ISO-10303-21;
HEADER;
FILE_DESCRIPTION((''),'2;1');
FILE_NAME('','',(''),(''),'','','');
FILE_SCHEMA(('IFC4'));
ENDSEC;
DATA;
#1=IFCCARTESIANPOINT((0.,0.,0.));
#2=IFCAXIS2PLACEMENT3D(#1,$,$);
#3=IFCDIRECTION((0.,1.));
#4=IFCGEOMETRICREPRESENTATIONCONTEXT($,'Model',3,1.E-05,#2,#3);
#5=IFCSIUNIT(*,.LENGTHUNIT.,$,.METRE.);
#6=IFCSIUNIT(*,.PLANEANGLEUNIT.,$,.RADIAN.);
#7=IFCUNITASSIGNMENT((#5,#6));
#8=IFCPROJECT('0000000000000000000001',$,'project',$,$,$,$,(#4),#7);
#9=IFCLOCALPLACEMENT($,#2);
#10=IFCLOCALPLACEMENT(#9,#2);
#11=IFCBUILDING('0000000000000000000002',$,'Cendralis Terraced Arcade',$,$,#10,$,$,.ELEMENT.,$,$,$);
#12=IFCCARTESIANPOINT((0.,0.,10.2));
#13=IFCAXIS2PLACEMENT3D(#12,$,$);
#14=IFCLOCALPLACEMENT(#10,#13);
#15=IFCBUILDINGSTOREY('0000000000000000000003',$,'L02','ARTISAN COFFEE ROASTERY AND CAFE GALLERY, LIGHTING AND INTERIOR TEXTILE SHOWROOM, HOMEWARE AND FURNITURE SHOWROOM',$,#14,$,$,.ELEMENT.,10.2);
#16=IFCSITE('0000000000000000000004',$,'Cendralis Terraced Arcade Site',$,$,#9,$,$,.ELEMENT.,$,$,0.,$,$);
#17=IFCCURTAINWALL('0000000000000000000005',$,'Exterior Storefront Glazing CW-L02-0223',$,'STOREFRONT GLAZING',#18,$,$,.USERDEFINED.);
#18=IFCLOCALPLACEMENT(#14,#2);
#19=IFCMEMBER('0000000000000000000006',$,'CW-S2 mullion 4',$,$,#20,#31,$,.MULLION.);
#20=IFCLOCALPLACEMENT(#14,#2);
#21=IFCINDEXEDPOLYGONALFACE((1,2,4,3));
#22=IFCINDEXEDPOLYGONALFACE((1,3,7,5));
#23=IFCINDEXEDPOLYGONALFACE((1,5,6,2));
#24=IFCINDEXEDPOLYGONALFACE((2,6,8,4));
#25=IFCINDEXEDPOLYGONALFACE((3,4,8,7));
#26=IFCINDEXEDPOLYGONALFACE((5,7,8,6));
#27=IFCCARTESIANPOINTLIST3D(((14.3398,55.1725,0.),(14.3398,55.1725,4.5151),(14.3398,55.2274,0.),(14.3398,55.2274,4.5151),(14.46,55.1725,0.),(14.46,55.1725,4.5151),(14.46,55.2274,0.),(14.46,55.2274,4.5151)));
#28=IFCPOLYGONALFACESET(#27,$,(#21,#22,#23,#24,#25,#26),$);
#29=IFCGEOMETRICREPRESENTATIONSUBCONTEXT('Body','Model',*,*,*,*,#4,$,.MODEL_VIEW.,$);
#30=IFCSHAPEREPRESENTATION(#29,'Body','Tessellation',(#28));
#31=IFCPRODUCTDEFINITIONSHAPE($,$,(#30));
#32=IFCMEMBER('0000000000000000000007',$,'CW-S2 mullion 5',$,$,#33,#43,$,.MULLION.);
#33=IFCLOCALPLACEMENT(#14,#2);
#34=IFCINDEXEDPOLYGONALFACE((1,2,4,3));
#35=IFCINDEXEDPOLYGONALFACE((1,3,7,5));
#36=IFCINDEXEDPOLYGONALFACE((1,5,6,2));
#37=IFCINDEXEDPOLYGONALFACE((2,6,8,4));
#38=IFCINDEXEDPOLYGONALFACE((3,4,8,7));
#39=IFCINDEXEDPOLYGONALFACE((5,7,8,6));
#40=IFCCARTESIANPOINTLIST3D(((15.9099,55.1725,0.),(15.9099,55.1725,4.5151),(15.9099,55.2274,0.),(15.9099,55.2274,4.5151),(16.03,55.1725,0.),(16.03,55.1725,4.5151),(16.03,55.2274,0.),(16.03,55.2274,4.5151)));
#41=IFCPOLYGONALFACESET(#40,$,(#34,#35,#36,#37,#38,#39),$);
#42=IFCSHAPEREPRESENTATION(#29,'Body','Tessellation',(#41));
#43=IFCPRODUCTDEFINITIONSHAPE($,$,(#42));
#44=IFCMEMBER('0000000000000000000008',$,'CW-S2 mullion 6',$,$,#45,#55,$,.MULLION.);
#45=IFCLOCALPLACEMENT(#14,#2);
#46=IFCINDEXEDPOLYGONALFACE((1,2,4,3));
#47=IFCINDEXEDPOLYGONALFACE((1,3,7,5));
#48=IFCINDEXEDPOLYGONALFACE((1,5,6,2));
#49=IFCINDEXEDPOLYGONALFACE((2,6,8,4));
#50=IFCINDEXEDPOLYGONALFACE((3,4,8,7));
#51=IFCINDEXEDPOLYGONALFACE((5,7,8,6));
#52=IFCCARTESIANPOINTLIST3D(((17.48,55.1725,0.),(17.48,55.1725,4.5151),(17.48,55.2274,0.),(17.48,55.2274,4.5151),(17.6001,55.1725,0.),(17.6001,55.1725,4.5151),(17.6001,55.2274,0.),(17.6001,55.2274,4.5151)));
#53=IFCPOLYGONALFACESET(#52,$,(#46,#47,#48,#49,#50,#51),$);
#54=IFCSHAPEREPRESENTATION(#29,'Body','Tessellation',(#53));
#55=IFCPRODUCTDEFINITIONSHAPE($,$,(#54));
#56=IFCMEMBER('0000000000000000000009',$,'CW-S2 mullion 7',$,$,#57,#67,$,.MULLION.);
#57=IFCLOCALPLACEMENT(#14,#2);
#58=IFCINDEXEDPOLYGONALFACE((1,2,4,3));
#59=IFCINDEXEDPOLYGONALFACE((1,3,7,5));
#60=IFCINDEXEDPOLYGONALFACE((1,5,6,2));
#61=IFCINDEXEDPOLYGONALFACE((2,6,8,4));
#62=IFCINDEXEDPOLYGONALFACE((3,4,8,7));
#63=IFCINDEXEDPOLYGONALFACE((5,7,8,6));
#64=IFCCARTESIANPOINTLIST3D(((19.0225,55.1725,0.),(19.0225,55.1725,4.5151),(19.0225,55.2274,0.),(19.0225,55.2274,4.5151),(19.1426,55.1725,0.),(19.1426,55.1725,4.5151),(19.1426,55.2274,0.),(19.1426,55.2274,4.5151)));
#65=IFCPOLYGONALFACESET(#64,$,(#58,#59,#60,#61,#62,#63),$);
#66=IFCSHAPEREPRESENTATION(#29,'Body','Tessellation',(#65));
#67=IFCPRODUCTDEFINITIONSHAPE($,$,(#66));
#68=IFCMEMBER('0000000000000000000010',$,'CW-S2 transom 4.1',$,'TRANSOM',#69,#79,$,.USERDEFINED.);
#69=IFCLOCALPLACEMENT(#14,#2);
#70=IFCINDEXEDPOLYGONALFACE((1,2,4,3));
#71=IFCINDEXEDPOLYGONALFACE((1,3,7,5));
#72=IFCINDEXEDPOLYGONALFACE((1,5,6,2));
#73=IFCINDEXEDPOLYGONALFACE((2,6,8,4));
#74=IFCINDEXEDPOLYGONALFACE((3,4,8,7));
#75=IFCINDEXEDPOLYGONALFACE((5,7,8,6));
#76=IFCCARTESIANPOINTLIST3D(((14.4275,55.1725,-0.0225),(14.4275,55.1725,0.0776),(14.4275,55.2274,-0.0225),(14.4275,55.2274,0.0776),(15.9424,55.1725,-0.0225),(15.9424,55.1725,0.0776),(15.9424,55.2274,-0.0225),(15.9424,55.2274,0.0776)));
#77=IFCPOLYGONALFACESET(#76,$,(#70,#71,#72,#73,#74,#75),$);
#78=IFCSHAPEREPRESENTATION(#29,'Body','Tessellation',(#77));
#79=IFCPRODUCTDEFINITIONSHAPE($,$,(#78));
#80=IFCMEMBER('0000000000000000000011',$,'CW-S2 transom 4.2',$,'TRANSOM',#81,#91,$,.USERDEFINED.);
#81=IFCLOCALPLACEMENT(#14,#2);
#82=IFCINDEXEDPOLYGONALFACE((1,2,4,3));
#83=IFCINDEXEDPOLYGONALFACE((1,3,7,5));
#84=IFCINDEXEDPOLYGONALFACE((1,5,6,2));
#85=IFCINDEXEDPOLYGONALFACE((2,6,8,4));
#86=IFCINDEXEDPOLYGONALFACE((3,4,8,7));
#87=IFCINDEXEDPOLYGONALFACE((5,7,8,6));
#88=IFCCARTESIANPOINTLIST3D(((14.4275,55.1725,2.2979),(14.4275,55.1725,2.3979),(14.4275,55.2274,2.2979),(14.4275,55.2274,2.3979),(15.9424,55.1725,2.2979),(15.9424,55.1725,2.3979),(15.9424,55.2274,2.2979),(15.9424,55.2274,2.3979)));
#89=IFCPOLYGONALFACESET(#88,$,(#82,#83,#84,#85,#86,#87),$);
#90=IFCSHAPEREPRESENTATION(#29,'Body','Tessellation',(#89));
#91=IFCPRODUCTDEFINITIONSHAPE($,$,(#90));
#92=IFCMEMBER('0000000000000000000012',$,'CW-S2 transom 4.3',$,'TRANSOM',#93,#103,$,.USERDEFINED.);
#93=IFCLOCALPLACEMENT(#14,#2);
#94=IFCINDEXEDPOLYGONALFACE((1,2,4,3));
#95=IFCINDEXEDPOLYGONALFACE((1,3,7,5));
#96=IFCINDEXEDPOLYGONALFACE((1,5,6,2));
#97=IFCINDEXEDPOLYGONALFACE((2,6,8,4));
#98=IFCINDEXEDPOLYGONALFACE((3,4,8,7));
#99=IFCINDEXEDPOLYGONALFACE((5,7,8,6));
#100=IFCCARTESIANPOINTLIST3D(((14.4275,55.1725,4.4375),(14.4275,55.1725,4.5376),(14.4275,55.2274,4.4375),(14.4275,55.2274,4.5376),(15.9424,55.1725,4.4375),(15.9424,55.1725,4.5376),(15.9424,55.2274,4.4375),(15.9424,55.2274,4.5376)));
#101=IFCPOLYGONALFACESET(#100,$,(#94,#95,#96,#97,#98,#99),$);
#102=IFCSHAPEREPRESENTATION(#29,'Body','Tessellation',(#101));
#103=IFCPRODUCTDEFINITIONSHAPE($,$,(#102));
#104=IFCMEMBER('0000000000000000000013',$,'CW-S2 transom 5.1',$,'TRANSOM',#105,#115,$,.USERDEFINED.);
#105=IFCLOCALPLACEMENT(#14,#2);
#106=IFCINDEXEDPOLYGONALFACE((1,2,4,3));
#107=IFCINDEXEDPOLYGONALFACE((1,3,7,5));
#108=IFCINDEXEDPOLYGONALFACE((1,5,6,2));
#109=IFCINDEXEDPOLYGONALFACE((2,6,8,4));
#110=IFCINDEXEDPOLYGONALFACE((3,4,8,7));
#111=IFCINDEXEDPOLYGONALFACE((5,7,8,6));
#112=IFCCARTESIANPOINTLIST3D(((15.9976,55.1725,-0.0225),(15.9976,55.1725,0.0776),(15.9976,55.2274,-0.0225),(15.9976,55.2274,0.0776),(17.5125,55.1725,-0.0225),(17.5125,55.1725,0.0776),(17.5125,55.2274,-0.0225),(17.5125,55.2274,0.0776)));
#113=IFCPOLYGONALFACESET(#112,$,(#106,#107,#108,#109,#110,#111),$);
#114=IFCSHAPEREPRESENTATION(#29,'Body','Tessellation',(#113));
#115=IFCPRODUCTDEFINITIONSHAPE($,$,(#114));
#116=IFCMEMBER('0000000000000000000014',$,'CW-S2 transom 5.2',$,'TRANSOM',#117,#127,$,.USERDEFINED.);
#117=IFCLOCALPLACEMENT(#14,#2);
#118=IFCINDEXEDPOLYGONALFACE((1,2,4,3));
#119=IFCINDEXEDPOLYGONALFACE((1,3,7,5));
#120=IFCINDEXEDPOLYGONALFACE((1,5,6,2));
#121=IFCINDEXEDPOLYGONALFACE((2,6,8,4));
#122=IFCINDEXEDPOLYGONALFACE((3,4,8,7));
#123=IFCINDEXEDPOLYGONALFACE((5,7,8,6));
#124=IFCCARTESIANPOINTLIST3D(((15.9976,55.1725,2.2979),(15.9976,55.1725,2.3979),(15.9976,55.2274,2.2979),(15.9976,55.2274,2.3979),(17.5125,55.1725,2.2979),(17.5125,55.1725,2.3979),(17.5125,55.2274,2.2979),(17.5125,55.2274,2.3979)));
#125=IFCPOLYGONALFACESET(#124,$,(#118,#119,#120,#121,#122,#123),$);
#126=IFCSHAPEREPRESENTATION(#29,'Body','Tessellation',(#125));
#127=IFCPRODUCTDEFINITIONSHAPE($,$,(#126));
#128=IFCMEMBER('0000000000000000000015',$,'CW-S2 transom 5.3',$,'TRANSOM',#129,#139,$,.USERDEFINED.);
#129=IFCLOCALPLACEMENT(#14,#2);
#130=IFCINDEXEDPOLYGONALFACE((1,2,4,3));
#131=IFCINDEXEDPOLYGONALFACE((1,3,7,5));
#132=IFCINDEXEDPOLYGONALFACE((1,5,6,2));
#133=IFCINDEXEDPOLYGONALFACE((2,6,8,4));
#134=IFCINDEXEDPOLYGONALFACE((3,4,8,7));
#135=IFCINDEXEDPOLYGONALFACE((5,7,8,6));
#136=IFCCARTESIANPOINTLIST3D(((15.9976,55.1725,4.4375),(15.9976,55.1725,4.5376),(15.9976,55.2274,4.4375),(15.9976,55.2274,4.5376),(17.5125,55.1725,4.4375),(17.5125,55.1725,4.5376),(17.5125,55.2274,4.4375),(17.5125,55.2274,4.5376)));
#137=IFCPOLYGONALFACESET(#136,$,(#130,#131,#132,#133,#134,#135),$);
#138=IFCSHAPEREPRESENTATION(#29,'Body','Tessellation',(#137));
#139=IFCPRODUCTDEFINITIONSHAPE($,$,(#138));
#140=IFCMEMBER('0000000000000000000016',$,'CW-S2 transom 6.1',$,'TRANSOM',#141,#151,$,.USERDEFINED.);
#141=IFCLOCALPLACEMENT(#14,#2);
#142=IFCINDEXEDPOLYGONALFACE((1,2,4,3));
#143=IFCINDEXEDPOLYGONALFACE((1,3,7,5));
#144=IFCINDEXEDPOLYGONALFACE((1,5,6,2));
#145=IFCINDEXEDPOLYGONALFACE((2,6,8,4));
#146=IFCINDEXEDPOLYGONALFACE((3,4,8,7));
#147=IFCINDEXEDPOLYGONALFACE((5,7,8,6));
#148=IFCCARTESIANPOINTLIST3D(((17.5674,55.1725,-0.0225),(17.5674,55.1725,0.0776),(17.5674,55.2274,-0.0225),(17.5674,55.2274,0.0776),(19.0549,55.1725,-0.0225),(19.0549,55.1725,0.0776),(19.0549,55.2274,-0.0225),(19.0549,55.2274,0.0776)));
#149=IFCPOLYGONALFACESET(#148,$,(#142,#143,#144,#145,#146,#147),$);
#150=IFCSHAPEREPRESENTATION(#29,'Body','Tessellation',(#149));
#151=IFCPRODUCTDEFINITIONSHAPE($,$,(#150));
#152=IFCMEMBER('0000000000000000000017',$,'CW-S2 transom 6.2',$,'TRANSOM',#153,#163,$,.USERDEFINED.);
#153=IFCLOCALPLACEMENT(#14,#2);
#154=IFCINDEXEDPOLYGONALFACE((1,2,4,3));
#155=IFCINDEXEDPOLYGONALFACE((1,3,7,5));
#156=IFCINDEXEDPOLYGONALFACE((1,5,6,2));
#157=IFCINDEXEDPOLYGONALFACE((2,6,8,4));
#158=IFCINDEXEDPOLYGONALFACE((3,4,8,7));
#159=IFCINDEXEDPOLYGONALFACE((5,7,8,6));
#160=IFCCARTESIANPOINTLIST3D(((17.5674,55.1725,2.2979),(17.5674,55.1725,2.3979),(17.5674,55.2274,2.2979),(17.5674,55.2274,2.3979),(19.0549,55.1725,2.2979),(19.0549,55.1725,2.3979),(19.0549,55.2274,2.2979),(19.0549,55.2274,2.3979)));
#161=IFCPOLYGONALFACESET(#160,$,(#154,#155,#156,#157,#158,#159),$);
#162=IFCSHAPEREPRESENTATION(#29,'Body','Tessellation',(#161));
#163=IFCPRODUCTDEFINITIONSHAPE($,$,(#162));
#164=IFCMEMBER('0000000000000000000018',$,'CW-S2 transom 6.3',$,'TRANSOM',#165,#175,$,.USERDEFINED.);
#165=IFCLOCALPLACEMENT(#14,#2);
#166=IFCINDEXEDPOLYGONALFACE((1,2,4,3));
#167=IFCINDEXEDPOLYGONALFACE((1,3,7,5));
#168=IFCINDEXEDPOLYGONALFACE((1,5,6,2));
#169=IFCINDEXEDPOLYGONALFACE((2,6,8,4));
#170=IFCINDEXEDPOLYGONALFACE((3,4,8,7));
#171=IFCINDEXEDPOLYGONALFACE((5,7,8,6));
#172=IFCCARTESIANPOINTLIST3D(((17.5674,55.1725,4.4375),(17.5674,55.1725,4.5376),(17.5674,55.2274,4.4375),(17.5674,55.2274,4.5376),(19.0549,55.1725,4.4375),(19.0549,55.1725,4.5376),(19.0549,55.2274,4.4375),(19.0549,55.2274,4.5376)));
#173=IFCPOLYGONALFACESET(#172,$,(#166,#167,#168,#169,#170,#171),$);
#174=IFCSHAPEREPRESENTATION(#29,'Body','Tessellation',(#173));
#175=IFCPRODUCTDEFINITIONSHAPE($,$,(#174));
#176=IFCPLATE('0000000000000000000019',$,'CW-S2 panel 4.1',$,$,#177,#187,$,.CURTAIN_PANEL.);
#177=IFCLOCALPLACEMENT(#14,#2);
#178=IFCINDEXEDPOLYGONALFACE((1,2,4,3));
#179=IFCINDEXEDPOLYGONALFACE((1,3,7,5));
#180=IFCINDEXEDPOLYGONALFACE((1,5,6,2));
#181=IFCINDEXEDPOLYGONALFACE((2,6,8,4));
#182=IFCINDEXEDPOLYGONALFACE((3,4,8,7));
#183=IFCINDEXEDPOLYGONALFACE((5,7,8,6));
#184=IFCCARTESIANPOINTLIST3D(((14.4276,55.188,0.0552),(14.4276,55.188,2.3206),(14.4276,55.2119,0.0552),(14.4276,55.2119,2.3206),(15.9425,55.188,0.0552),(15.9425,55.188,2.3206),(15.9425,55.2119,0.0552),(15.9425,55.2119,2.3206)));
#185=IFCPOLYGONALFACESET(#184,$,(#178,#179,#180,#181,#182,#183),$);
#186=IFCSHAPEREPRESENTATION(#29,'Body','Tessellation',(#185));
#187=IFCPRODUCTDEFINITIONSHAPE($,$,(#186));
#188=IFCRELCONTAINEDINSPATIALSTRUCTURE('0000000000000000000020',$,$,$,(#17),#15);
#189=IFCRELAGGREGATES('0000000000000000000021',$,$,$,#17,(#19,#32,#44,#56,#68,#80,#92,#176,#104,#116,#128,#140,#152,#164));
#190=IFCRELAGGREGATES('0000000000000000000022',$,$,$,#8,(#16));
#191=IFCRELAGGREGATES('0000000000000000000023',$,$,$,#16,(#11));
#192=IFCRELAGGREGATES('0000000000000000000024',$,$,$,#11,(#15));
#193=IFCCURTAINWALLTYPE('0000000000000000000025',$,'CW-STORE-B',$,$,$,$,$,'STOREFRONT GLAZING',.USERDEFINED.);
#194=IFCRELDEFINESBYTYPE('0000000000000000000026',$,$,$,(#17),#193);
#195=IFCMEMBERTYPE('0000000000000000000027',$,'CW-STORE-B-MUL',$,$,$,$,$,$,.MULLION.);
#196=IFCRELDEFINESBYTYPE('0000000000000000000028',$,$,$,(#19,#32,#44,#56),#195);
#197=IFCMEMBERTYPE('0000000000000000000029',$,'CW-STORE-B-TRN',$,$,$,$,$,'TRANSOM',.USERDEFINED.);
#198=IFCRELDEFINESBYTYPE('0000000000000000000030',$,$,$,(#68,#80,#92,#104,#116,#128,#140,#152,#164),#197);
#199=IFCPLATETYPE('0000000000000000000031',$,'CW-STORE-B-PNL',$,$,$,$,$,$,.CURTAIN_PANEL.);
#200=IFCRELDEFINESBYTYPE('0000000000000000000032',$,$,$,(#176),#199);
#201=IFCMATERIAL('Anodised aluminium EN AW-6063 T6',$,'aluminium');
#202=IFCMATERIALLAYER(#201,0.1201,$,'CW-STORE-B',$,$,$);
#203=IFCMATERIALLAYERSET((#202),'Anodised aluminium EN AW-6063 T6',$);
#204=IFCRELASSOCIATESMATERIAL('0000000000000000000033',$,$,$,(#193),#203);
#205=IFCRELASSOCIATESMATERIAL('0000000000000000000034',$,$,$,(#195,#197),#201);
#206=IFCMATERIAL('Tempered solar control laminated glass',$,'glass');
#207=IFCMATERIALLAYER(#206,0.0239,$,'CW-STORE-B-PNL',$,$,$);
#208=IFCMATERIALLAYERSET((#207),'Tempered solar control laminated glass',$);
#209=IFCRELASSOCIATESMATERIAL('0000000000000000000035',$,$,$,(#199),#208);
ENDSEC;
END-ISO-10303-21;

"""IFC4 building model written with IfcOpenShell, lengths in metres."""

from ifc_helpers import new_model, si_unit, direction, frame, origin, origin_2d, place, context, subcontext, project, spatial, rectangle, extrude, material, layer, layer_set, material_profile, profile_set, type_object, element, aggregate, save


model = new_model("IFC4")

# Units and contexts
model_context = context("Model", 3, precision=1e-05, world=origin(), true_north=direction((0.0, 1.0)))
body_context = subcontext(model_context, "Body", "Model", "MODEL_VIEW")
ifc_project = project(units=[si_unit("LENGTHUNIT", "METRE"), si_unit("PLANEANGLEUNIT", "RADIAN")], contexts=[model_context])

# Site, building, storey
site_placement = place(None, origin())
site = spatial("IfcSite", under=ifc_project, at=site_placement, Name="Cendralis Terraced Arcade Site", CompositionType="ELEMENT", RefElevation=0.0)
building_placement = place(site_placement, origin())
building = spatial("IfcBuilding", under=site, at=building_placement, Name="Cendralis Terraced Arcade", CompositionType="ELEMENT")
storey_placement = place(building_placement, frame((0.0, 0.0, 10.2)))
storey = spatial("IfcBuildingStorey", under=building, at=storey_placement, Name="L02", Description="ARTISAN COFFEE ROASTERY AND CAFE GALLERY, LIGHTING AND INTERIOR TEXTILE SHOWROOM, HOMEWARE AND FURNITURE SHOWROOM", CompositionType="ELEMENT", Elevation=10.2)

# Curtain wall, members, plate
ifc_material_1 = material(Name="Anodised aluminium EN AW-6063 T6", Category="aluminium")
ifc_layer_1 = layer(ifc_material_1, 0.1201, Name="CW-STORE-B")
ifc_layer_set_1 = layer_set([ifc_layer_1], Name="Anodised aluminium EN AW-6063 T6")
curtain_wall_type = type_object("IfcCurtainWallType", Name="CW-STORE-B", ElementType="STOREFRONT GLAZING", PredefinedType="USERDEFINED", material=ifc_layer_set_1)
curtain_wall_placement = place(storey_placement, origin())
curtain_wall = element("IfcCurtainWall", 1, at=curtain_wall_placement, inside=storey, type_object=curtain_wall_type, Name="Exterior Storefront Glazing CW-L02-0223", ObjectType="STOREFRONT GLAZING", PredefinedType="USERDEFINED")
ifc_material_profile_1 = material_profile(ifc_material_1, rectangle(XDim=0.0549, YDim=0.1201, at=origin_2d()), Name="ALU-MUL-55x120")
ifc_profile_set_1 = profile_set([ifc_material_profile_1], Name="Anodised aluminium EN AW-6063 T6")
member_type_1 = type_object("IfcMemberType", Name="CW-STORE-B-MUL", PredefinedType="MULLION", material=ifc_profile_set_1)
member_1_placement = place(storey_placement, frame((14.3999, 55.2, 0.0), z_axis=(0.0, 0.0, 1.0), x_axis=(0.0, 1.0, 0.0)))
member_1 = element("IfcMember", 2, at=member_1_placement, type_object=member_type_1, Name="CW-S2 mullion 4", PredefinedType="MULLION", context=body_context, shape_type="SweptSolid", body=[
    extrude(rectangle(XDim=0.0549, YDim=0.1201, at=origin_2d()), origin(), (0.0, 0.0, 1.0), 4.5151),
])
member_2_placement = place(storey_placement, frame((15.97, 55.2, 0.0), z_axis=(0.0, 0.0, 1.0), x_axis=(0.0, 1.0, 0.0)))
member_2 = element("IfcMember", 3, at=member_2_placement, type_object=member_type_1, Name="CW-S2 mullion 5", PredefinedType="MULLION", context=body_context, shape_type="SweptSolid", body=[
    extrude(rectangle(XDim=0.0549, YDim=0.1201, at=origin_2d()), origin(), (0.0, 0.0, 1.0), 4.5151),
])
member_3_placement = place(storey_placement, frame((17.54, 55.2, 0.0), z_axis=(0.0, 0.0, 1.0), x_axis=(0.0, 1.0, 0.0)))
member_3 = element("IfcMember", 4, at=member_3_placement, type_object=member_type_1, Name="CW-S2 mullion 6", PredefinedType="MULLION", context=body_context, shape_type="SweptSolid", body=[
    extrude(rectangle(XDim=0.0549, YDim=0.1201, at=origin_2d()), origin(), (0.0, 0.0, 1.0), 4.5151),
])
member_4_placement = place(storey_placement, frame((19.0825, 55.2, 0.0), z_axis=(0.0, 0.0, 1.0), x_axis=(0.0, 1.0, 0.0)))
member_4 = element("IfcMember", 5, at=member_4_placement, type_object=member_type_1, Name="CW-S2 mullion 7", PredefinedType="MULLION", context=body_context, shape_type="SweptSolid", body=[
    extrude(rectangle(XDim=0.0549, YDim=0.1201, at=origin_2d()), origin(), (0.0, 0.0, 1.0), 4.5151),
])
ifc_material_profile_2 = material_profile(ifc_material_1, rectangle(XDim=0.0549, YDim=0.1001, at=origin_2d()), Name="ALU-TRN-55x100")
ifc_profile_set_2 = profile_set([ifc_material_profile_2], Name="Anodised aluminium EN AW-6063 T6")
member_type_2 = type_object("IfcMemberType", Name="CW-STORE-B-TRN", ElementType="TRANSOM", PredefinedType="USERDEFINED", material=ifc_profile_set_2)
member_5_placement = place(storey_placement, frame((14.4275, 55.2, 0.0276), z_axis=(1.0, 0.0, 0.0), x_axis=(0.0, 1.0, 0.0)))
member_5 = element("IfcMember", 6, at=member_5_placement, type_object=member_type_2, Name="CW-S2 transom 4.1", ObjectType="TRANSOM", PredefinedType="USERDEFINED", context=body_context, shape_type="SweptSolid", body=[
    extrude(rectangle(XDim=0.0549, YDim=0.1001, at=origin_2d()), origin(), (0.0, 0.0, 1.0), 1.5149),
])
member_6_placement = place(storey_placement, frame((14.4275, 55.2, 2.3479), z_axis=(1.0, 0.0, 0.0), x_axis=(0.0, 1.0, 0.0)))
member_6 = element("IfcMember", 7, at=member_6_placement, type_object=member_type_2, Name="CW-S2 transom 4.2", ObjectType="TRANSOM", PredefinedType="USERDEFINED", context=body_context, shape_type="SweptSolid", body=[
    extrude(rectangle(XDim=0.0549, YDim=0.1001, at=origin_2d()), origin(), (0.0, 0.0, 1.0), 1.5149),
])
member_7_placement = place(storey_placement, frame((14.4275, 55.2, 4.4875), z_axis=(1.0, 0.0, 0.0), x_axis=(0.0, 1.0, 0.0)))
member_7 = element("IfcMember", 8, at=member_7_placement, type_object=member_type_2, Name="CW-S2 transom 4.3", ObjectType="TRANSOM", PredefinedType="USERDEFINED", context=body_context, shape_type="SweptSolid", body=[
    extrude(rectangle(XDim=0.0549, YDim=0.1001, at=origin_2d()), origin(), (0.0, 0.0, 1.0), 1.5149),
])
member_8_placement = place(storey_placement, frame((15.9976, 55.2, 0.0276), z_axis=(1.0, 0.0, 0.0), x_axis=(0.0, 1.0, 0.0)))
member_8 = element("IfcMember", 9, at=member_8_placement, type_object=member_type_2, Name="CW-S2 transom 5.1", ObjectType="TRANSOM", PredefinedType="USERDEFINED", context=body_context, shape_type="SweptSolid", body=[
    extrude(rectangle(XDim=0.0549, YDim=0.1001, at=origin_2d()), origin(), (0.0, 0.0, 1.0), 1.5149),
])
member_9_placement = place(storey_placement, frame((15.9976, 55.2, 2.3479), z_axis=(1.0, 0.0, 0.0), x_axis=(0.0, 1.0, 0.0)))
member_9 = element("IfcMember", 10, at=member_9_placement, type_object=member_type_2, Name="CW-S2 transom 5.2", ObjectType="TRANSOM", PredefinedType="USERDEFINED", context=body_context, shape_type="SweptSolid", body=[
    extrude(rectangle(XDim=0.0549, YDim=0.1001, at=origin_2d()), origin(), (0.0, 0.0, 1.0), 1.5149),
])
member_10_placement = place(storey_placement, frame((15.9976, 55.2, 4.4875), z_axis=(1.0, 0.0, 0.0), x_axis=(0.0, 1.0, 0.0)))
member_10 = element("IfcMember", 11, at=member_10_placement, type_object=member_type_2, Name="CW-S2 transom 5.3", ObjectType="TRANSOM", PredefinedType="USERDEFINED", context=body_context, shape_type="SweptSolid", body=[
    extrude(rectangle(XDim=0.0549, YDim=0.1001, at=origin_2d()), origin(), (0.0, 0.0, 1.0), 1.5149),
])
member_11_placement = place(storey_placement, frame((17.5674, 55.2, 0.0276), z_axis=(1.0, 0.0, 0.0), x_axis=(0.0, 1.0, 0.0)))
member_11 = element("IfcMember", 12, at=member_11_placement, type_object=member_type_2, Name="CW-S2 transom 6.1", ObjectType="TRANSOM", PredefinedType="USERDEFINED", context=body_context, shape_type="SweptSolid", body=[
    extrude(rectangle(XDim=0.0549, YDim=0.1001, at=origin_2d()), origin(), (0.0, 0.0, 1.0), 1.4875),
])
member_12_placement = place(storey_placement, frame((17.5674, 55.2, 2.3479), z_axis=(1.0, 0.0, 0.0), x_axis=(0.0, 1.0, 0.0)))
member_12 = element("IfcMember", 13, at=member_12_placement, type_object=member_type_2, Name="CW-S2 transom 6.2", ObjectType="TRANSOM", PredefinedType="USERDEFINED", context=body_context, shape_type="SweptSolid", body=[
    extrude(rectangle(XDim=0.0549, YDim=0.1001, at=origin_2d()), origin(), (0.0, 0.0, 1.0), 1.4875),
])
member_13_placement = place(storey_placement, frame((17.5674, 55.2, 4.4875), z_axis=(1.0, 0.0, 0.0), x_axis=(0.0, 1.0, 0.0)))
member_13 = element("IfcMember", 14, at=member_13_placement, type_object=member_type_2, Name="CW-S2 transom 6.3", ObjectType="TRANSOM", PredefinedType="USERDEFINED", context=body_context, shape_type="SweptSolid", body=[
    extrude(rectangle(XDim=0.0549, YDim=0.1001, at=origin_2d()), origin(), (0.0, 0.0, 1.0), 1.4875),
])
ifc_material_2 = material(Name="Tempered solar control laminated glass", Category="glass")
ifc_layer_2 = layer(ifc_material_2, 0.0239, Name="CW-STORE-B-PNL")
ifc_layer_set_2 = layer_set([ifc_layer_2], Name="Tempered solar control laminated glass")
plate_type = type_object("IfcPlateType", Name="CW-STORE-B-PNL", PredefinedType="CURTAIN_PANEL", material=ifc_layer_set_2)
plate_1_placement = place(storey_placement, frame((15.1851, 55.2, 0.0552), z_axis=(0.0, 0.0, 1.0), x_axis=(1.0, 0.0, 0.0)))
plate_1 = element("IfcPlate", 15, at=plate_1_placement, type_object=plate_type, Name="CW-S2 panel 4.1", PredefinedType="CURTAIN_PANEL", context=body_context, shape_type="SweptSolid", body=[
    extrude(rectangle(XDim=1.5149, YDim=0.0239, at=origin_2d()), origin(), (0.0, 0.0, 1.0), 2.2654),
])
aggregate(curtain_wall, [member_1, member_2, member_3, member_4, member_5, member_6, member_7, plate_1, member_8, member_9, member_10, member_11, member_12, member_13])

save(model, "model.ifc")
